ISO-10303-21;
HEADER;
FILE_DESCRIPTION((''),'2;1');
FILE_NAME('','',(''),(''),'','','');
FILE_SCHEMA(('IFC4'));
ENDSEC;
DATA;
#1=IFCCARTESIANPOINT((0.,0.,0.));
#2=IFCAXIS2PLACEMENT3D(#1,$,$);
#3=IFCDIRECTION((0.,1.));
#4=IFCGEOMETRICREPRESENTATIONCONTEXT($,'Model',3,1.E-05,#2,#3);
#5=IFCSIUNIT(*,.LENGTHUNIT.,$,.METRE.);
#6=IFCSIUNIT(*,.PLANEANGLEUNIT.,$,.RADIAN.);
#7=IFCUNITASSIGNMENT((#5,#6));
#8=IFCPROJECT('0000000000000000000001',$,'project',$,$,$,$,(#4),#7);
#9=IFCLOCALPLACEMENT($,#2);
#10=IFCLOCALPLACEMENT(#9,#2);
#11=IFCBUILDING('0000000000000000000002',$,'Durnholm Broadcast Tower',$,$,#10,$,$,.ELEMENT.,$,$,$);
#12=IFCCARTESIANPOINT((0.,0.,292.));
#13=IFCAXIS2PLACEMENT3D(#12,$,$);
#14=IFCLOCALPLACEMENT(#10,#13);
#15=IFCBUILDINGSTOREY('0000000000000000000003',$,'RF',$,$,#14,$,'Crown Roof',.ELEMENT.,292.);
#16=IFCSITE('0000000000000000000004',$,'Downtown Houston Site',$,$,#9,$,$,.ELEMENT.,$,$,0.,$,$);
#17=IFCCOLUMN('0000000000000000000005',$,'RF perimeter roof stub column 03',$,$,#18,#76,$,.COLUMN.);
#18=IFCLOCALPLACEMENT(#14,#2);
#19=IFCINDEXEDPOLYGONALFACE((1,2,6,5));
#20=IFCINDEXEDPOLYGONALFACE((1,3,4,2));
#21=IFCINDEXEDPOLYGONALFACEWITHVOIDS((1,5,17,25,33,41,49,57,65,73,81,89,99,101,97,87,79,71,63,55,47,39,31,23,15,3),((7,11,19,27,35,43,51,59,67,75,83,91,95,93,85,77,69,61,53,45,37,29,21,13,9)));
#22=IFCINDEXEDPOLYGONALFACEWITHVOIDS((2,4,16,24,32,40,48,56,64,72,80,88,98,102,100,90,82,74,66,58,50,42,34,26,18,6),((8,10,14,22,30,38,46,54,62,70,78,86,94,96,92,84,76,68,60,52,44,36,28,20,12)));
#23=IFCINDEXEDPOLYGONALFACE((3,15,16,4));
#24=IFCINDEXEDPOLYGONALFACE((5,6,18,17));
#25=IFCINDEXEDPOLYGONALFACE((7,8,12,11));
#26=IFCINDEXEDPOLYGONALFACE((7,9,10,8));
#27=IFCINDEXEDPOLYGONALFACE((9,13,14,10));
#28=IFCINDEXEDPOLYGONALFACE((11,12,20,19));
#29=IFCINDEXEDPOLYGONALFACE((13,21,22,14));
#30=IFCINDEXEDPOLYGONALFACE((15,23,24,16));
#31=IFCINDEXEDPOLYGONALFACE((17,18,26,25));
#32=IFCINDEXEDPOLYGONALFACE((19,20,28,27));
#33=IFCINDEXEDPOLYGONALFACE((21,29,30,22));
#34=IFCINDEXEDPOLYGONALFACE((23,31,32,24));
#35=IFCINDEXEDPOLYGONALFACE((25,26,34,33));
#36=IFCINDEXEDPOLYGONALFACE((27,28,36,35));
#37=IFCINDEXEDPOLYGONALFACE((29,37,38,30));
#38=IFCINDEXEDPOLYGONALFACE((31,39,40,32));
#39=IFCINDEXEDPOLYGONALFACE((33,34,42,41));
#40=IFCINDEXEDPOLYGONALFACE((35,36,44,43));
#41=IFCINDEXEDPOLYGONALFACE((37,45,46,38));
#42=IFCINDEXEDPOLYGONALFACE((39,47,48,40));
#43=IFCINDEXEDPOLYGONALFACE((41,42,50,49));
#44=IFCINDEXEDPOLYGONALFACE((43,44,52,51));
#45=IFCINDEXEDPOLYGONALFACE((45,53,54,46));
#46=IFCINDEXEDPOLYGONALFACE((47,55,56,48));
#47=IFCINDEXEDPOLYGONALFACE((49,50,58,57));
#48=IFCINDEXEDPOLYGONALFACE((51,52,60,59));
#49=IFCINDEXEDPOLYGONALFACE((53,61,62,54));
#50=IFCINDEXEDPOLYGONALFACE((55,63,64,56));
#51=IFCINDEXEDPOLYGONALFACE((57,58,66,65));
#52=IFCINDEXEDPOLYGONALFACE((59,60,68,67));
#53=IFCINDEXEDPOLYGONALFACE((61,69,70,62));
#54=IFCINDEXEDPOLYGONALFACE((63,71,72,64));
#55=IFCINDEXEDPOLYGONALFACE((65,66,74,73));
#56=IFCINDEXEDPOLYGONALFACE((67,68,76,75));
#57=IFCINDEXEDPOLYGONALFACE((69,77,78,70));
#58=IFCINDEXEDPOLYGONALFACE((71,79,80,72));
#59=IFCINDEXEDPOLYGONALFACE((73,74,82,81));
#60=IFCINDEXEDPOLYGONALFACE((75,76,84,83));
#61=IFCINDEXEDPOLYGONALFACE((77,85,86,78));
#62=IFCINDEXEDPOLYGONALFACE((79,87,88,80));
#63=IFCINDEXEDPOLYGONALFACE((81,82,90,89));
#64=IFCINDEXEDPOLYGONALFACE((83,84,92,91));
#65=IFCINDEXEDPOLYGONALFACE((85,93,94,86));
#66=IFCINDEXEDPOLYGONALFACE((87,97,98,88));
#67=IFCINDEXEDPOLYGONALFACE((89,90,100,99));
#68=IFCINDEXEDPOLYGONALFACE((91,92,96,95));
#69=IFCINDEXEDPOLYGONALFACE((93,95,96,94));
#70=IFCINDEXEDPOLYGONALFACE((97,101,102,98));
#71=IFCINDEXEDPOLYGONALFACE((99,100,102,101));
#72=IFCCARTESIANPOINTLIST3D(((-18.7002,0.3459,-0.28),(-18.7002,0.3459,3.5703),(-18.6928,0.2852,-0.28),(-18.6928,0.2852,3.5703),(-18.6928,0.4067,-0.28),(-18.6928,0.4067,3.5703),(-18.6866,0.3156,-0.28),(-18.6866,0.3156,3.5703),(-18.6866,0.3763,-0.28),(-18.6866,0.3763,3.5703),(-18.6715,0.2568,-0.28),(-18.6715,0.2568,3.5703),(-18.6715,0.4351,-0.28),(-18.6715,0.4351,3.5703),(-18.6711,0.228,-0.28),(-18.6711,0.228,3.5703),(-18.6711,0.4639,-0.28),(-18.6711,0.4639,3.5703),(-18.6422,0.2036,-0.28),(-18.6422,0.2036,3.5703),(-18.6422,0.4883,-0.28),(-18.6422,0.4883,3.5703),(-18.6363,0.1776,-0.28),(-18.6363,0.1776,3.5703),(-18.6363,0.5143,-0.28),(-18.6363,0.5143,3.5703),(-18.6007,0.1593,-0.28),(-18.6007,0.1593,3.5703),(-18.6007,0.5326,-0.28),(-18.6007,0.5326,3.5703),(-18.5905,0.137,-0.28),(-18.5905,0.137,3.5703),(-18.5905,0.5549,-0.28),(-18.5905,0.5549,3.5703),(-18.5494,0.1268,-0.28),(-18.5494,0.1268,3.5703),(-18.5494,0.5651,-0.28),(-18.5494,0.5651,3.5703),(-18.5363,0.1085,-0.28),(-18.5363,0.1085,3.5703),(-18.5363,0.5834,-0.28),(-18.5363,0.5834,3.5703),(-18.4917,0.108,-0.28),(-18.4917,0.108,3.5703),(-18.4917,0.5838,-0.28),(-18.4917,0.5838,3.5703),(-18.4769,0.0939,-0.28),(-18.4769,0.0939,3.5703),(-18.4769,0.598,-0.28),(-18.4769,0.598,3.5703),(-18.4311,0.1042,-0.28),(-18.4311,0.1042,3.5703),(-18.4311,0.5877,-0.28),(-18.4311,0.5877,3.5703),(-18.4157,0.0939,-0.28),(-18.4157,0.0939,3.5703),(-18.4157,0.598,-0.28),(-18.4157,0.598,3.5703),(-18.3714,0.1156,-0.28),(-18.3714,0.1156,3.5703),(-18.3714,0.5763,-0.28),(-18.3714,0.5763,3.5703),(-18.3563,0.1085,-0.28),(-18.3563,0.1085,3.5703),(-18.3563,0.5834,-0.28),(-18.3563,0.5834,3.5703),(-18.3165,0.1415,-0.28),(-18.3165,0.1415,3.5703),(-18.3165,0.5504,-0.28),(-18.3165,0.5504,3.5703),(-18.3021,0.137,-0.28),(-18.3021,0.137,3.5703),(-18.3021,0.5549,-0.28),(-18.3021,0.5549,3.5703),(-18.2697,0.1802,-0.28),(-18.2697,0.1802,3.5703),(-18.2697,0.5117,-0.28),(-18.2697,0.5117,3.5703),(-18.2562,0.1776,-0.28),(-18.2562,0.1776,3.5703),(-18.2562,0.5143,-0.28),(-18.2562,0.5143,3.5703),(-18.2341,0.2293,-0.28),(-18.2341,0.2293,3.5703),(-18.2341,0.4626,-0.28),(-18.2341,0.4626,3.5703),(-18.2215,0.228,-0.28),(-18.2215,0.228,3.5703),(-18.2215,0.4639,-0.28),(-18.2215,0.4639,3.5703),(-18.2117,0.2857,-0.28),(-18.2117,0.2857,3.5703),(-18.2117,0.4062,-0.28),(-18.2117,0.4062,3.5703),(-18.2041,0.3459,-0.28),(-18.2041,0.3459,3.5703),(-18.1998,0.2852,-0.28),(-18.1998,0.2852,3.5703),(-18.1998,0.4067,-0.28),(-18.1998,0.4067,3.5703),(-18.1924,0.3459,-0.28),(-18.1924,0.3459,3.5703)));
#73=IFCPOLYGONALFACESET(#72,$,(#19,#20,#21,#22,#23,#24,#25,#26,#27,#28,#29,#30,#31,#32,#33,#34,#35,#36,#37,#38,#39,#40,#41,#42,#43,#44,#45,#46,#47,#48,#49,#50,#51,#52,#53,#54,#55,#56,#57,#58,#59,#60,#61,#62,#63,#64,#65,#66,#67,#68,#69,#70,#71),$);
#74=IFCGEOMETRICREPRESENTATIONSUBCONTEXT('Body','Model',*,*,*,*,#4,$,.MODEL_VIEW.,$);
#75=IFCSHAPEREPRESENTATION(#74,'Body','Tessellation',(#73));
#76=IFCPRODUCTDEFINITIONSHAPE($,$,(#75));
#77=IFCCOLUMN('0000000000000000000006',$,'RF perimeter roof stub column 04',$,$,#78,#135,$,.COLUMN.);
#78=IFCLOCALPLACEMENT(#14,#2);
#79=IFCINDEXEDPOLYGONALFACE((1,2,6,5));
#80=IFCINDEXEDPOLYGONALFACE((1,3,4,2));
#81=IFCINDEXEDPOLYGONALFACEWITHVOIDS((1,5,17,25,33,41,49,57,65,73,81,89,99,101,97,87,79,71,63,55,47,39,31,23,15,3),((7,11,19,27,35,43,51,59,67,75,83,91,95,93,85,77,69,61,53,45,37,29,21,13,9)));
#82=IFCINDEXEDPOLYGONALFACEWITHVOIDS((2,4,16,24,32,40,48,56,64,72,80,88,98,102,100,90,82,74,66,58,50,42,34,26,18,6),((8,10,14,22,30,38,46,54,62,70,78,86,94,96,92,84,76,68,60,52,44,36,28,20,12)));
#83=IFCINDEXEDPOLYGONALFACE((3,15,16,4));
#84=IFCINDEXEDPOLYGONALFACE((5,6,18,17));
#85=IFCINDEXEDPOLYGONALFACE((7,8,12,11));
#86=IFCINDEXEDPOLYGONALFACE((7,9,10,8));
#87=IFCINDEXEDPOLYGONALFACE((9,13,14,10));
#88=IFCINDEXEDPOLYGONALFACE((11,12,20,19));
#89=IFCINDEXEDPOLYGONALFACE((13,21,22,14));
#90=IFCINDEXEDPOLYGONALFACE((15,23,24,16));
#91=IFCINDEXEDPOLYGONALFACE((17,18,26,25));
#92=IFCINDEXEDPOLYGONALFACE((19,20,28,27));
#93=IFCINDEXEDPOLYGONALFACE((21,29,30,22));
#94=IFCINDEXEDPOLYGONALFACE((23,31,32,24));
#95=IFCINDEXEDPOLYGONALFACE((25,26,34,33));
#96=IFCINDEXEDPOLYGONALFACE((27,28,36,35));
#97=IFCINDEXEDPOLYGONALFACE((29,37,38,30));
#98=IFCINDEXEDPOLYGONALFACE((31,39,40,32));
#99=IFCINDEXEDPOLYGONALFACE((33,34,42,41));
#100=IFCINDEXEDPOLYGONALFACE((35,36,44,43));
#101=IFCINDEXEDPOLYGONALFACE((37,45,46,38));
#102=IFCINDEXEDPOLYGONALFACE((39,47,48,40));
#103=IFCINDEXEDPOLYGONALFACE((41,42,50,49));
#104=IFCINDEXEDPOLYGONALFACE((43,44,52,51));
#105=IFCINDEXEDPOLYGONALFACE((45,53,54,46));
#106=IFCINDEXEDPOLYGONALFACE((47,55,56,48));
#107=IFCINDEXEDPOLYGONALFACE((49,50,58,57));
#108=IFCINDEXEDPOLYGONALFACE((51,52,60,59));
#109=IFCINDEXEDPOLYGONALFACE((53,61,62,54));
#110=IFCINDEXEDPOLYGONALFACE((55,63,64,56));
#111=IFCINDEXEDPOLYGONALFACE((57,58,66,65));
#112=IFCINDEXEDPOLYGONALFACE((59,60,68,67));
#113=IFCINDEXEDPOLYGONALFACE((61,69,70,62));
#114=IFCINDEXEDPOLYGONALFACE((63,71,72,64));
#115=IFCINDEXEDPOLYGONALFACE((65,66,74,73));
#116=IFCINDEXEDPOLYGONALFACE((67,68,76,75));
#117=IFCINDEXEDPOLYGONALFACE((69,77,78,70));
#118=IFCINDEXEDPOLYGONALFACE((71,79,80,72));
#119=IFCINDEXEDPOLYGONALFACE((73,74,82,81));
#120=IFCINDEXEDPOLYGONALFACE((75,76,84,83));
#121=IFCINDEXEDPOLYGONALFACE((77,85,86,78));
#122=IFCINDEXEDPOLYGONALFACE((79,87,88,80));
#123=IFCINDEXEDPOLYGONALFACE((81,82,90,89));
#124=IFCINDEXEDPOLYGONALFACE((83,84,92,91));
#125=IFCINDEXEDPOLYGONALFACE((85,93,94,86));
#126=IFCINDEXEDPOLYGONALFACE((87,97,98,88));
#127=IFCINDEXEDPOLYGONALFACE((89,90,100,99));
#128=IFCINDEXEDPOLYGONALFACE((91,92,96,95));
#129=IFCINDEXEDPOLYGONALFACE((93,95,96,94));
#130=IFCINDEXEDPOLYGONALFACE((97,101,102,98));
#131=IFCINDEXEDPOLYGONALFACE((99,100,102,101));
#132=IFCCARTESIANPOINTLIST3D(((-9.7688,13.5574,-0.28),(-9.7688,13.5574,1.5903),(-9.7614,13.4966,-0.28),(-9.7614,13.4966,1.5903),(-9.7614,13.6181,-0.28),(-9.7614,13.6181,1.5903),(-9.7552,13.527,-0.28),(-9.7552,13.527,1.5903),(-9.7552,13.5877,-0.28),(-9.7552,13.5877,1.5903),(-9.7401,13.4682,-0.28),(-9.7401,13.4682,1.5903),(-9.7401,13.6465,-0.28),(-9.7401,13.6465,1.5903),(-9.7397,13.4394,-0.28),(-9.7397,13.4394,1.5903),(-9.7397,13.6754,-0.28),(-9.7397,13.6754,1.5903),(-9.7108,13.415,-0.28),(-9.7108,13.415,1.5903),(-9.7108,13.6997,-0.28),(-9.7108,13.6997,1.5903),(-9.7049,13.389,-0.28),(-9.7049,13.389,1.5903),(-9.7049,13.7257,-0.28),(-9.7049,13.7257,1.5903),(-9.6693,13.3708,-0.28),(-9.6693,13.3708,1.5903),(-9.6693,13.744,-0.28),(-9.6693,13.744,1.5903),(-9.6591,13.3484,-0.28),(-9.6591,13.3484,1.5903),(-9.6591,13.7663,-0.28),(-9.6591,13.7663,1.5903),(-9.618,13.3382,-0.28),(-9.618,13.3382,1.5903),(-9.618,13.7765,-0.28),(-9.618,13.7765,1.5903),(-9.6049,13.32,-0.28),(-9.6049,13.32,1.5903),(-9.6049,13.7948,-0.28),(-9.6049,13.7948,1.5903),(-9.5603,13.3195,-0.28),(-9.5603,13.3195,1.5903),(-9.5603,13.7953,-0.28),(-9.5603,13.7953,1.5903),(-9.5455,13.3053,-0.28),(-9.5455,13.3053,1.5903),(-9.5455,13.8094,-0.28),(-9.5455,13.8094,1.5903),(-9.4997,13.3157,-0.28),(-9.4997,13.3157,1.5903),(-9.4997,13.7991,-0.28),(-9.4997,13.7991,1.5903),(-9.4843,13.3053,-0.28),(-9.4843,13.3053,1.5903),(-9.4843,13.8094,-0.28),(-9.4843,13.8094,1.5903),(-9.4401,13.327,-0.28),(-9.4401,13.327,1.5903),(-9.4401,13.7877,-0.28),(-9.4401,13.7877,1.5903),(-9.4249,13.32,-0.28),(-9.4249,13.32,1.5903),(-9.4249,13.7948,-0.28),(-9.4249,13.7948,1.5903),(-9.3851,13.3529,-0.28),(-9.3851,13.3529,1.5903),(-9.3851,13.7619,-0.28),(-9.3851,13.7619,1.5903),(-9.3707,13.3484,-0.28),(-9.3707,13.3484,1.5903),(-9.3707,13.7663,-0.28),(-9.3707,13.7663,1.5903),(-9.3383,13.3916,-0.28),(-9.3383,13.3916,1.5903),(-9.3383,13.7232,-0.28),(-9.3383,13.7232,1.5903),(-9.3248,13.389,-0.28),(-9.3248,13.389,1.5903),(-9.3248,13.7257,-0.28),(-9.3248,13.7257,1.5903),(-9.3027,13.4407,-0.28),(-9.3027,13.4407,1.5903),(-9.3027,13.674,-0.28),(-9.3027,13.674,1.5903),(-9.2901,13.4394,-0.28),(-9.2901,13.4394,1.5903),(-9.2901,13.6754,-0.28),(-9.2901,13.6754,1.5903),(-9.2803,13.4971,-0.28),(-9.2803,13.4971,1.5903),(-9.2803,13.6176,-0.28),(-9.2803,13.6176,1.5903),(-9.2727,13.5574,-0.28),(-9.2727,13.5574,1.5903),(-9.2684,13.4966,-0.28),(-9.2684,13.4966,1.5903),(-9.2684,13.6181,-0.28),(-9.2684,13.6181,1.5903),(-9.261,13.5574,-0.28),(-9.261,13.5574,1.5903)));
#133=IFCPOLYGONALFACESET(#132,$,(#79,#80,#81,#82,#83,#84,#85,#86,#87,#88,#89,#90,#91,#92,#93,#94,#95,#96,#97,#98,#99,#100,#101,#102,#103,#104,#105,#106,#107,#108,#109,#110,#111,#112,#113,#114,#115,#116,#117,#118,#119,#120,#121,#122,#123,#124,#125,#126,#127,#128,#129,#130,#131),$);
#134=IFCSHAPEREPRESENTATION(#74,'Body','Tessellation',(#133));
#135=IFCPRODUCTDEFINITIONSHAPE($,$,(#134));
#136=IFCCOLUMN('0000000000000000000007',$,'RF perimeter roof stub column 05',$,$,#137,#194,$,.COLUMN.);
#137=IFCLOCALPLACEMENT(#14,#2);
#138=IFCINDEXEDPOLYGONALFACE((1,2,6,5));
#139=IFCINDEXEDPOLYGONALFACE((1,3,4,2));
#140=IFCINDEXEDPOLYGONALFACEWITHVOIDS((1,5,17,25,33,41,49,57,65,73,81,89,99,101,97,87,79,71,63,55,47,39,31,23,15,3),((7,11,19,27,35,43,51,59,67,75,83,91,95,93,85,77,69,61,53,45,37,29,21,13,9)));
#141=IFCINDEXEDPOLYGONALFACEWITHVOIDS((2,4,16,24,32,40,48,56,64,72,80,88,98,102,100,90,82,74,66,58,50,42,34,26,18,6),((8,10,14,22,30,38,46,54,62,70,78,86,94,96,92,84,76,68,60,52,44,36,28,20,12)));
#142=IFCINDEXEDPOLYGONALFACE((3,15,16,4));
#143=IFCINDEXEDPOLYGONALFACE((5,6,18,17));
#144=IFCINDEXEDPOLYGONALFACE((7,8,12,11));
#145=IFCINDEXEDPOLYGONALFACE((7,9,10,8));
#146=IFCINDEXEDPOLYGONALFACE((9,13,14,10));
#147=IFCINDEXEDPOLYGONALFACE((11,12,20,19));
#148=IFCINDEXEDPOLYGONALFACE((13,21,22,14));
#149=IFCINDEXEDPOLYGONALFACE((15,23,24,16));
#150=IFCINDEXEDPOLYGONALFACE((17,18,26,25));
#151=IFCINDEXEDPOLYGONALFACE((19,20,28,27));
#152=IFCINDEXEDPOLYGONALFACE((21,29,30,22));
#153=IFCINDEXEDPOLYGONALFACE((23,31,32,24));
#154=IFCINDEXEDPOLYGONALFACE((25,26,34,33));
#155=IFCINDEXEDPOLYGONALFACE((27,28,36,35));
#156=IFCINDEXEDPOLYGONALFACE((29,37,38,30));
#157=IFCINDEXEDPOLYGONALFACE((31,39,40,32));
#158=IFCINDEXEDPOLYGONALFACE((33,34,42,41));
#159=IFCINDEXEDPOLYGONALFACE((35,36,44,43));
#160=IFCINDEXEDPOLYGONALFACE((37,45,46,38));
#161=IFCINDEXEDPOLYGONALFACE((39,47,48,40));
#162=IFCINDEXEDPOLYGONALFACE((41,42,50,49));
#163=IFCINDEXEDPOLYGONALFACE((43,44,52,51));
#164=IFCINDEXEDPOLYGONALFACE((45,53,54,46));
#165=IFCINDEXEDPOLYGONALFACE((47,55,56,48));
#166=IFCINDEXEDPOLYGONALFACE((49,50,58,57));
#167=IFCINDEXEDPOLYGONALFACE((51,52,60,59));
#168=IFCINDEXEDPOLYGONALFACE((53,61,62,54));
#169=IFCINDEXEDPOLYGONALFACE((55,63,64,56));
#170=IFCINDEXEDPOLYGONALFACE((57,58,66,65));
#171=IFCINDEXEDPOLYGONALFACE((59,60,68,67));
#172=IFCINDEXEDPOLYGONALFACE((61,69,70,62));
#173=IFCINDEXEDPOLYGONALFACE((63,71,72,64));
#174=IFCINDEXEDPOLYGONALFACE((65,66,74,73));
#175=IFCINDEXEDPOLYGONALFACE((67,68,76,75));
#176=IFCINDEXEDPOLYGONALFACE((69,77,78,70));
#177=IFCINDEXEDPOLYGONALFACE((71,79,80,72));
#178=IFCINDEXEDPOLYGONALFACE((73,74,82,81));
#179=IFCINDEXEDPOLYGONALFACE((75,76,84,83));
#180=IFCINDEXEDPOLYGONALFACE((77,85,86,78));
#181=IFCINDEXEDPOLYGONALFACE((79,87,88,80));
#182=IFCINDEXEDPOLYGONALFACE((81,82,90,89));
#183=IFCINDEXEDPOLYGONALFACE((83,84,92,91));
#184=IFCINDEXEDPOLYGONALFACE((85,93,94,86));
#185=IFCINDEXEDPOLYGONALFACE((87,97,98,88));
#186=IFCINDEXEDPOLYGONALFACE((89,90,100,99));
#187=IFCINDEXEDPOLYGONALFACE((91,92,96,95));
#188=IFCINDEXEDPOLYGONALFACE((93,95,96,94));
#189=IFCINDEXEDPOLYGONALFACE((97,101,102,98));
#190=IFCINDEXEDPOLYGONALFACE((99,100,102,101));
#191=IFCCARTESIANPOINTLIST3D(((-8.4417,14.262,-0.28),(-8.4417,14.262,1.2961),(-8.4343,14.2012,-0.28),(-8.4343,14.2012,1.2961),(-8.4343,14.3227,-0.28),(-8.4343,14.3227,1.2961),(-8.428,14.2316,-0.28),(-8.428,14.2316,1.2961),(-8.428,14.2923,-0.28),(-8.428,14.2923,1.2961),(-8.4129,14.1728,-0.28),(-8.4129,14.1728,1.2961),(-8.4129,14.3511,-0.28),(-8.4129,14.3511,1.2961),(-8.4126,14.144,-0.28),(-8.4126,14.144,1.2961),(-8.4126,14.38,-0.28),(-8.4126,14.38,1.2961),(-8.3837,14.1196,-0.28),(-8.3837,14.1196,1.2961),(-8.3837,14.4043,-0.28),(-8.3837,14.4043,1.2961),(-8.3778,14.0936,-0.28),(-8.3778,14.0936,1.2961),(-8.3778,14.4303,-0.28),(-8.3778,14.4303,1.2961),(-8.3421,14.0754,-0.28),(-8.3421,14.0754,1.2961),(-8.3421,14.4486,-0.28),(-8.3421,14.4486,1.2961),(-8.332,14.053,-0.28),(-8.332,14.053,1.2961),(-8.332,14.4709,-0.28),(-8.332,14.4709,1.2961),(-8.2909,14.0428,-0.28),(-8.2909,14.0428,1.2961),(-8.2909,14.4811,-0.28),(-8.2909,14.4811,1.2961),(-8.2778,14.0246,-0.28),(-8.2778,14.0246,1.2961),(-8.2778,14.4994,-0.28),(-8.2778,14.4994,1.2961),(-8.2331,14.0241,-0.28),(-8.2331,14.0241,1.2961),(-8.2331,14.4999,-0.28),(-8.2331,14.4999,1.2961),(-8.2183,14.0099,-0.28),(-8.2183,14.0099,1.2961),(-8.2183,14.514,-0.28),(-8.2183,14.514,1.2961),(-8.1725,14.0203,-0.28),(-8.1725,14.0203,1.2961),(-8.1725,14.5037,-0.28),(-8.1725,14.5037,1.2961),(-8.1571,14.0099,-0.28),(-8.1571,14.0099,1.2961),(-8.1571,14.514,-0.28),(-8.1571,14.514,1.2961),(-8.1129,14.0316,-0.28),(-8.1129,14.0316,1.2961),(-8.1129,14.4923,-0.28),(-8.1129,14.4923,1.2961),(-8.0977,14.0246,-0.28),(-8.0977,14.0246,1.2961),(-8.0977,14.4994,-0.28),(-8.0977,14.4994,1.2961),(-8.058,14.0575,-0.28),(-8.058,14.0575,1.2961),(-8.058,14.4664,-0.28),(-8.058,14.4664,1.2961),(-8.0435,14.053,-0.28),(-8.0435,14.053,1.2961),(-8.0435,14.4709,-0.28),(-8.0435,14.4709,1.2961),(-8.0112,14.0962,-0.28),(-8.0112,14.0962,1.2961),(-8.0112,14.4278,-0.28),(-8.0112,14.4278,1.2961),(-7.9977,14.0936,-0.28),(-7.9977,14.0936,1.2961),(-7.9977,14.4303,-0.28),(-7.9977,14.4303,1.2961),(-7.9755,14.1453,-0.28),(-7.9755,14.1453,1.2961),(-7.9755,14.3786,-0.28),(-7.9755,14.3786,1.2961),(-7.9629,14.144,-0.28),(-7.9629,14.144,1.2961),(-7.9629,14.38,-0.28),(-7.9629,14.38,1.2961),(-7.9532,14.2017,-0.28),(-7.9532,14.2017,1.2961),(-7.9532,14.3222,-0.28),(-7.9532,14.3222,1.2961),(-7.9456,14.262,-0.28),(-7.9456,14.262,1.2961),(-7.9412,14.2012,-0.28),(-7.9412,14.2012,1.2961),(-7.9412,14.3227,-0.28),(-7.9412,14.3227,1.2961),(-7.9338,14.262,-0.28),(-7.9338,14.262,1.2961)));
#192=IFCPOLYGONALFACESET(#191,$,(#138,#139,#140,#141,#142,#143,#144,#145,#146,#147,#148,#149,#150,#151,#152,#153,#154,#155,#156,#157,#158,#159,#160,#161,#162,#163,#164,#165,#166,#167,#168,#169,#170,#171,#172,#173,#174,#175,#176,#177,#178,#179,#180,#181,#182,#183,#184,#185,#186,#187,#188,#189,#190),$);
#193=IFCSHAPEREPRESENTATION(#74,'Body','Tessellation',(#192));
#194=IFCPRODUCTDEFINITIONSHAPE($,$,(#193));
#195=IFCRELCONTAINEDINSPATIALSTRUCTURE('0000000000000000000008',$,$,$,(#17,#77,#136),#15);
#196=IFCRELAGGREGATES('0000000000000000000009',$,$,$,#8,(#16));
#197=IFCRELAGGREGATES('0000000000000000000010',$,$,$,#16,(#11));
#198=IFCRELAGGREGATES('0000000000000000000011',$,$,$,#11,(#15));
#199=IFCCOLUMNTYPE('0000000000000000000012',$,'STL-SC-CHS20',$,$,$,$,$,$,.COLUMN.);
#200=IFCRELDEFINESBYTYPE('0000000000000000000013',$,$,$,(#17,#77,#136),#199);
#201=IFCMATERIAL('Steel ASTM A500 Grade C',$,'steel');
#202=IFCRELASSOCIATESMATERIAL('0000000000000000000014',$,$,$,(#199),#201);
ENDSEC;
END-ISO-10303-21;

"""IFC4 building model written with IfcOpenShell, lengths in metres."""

from ifc_helpers import new_model, si_unit, direction, frame, origin, origin_2d, place, context, subcontext, project, spatial, hollow_circle, extrude, source, transform, mapped, material, material_profile, profile_set, type_object, element, save


model = new_model("IFC4")

# Units and contexts
model_context = context("Model", 3, precision=1e-05, world=origin(), true_north=direction((0.0, 1.0)))
body_context = subcontext(model_context, "Body", "Model", "MODEL_VIEW")
ifc_project = project(units=[si_unit("LENGTHUNIT", "METRE"), si_unit("PLANEANGLEUNIT", "RADIAN")], contexts=[model_context])

# Site, building, storey
site_placement = place(None, origin())
site = spatial("IfcSite", under=ifc_project, at=site_placement, Name="Downtown Houston Site", CompositionType="ELEMENT", RefElevation=0.0)
building_placement = place(site_placement, origin())
building = spatial("IfcBuilding", under=site, at=building_placement, Name="Durnholm Broadcast Tower", CompositionType="ELEMENT")
storey_placement = place(building_placement, frame((0.0, 0.0, 292.0)))
storey = spatial("IfcBuildingStorey", under=building, at=storey_placement, Name="RF", LongName="Crown Roof", CompositionType="ELEMENT", Elevation=292.0)

# Columns
ifc_material_1 = material(Name="Steel ASTM A500 Grade C", Category="steel")
ifc_material_profile_1 = material_profile(ifc_material_1, hollow_circle(Radius=0.2539, WallThickness=0.0117, at=origin_2d()), Name="HSS20.000X0.500")
ifc_profile_set_1 = profile_set([ifc_material_profile_1], Name="Steel ASTM A500 Grade C")
column_type_1 = type_object("IfcColumnType", Name="STL-SC-CHS20", PredefinedType="COLUMN", material=ifc_profile_set_1)
shared_shape_1 = source(origin(), body_context, "Body", "SweptSolid", [
    extrude(hollow_circle(Radius=0.2539, WallThickness=0.0117, at=origin_2d()), origin(), (0.0, 0.0, 1.0), 3.8503),
])
column_1_placement = place(storey_placement, frame((-18.4463, 0.3459, -0.28), z_axis=(0.0, 0.0, 1.0), x_axis=(1.0, 0.0, 0.0)))
element("IfcColumn", 1, at=column_1_placement, inside=storey, type_object=column_type_1, Name="RF perimeter roof stub column 03", PredefinedType="COLUMN", context=body_context, shape_type="MappedRepresentation", body=[
    mapped(shared_shape_1, transform((0.0, 0.0, 0.0), x_axis=(1.0, 0.0, 0.0), y_axis=(0.0, 1.0, 0.0), z_axis=(0.0, 0.0, 1.0), scale=1.0)),
])
shared_shape_2 = source(origin(), body_context, "Body", "SweptSolid", [
    extrude(hollow_circle(Radius=0.2539, WallThickness=0.0117, at=origin_2d()), origin(), (0.0, 0.0, 1.0), 1.8704),
])
column_2_placement = place(storey_placement, frame((-9.5149, 13.5574, -0.28), z_axis=(0.0, 0.0, 1.0), x_axis=(1.0, 0.0, 0.0)))
element("IfcColumn", 2, at=column_2_placement, inside=storey, type_object=column_type_1, Name="RF perimeter roof stub column 04", PredefinedType="COLUMN", context=body_context, shape_type="MappedRepresentation", body=[
    mapped(shared_shape_2, transform((0.0, 0.0, 0.0), x_axis=(1.0, 0.0, 0.0), y_axis=(0.0, 1.0, 0.0), z_axis=(0.0, 0.0, 1.0), scale=1.0)),
])
shared_shape_3 = source(origin(), body_context, "Body", "SweptSolid", [
    extrude(hollow_circle(Radius=0.2539, WallThickness=0.0117, at=origin_2d()), origin(), (0.0, 0.0, 1.0), 1.5762),
])
column_3_placement = place(storey_placement, frame((-8.1877, 14.262, -0.28), z_axis=(0.0, 0.0, 1.0), x_axis=(1.0, 0.0, 0.0)))
element("IfcColumn", 3, at=column_3_placement, inside=storey, type_object=column_type_1, Name="RF perimeter roof stub column 05", PredefinedType="COLUMN", context=body_context, shape_type="MappedRepresentation", body=[
    mapped(shared_shape_3, transform((0.0, 0.0, 0.0), x_axis=(1.0, 0.0, 0.0), y_axis=(0.0, 1.0, 0.0), z_axis=(0.0, 0.0, 1.0), scale=1.0)),
])

save(model, "model.ifc")
